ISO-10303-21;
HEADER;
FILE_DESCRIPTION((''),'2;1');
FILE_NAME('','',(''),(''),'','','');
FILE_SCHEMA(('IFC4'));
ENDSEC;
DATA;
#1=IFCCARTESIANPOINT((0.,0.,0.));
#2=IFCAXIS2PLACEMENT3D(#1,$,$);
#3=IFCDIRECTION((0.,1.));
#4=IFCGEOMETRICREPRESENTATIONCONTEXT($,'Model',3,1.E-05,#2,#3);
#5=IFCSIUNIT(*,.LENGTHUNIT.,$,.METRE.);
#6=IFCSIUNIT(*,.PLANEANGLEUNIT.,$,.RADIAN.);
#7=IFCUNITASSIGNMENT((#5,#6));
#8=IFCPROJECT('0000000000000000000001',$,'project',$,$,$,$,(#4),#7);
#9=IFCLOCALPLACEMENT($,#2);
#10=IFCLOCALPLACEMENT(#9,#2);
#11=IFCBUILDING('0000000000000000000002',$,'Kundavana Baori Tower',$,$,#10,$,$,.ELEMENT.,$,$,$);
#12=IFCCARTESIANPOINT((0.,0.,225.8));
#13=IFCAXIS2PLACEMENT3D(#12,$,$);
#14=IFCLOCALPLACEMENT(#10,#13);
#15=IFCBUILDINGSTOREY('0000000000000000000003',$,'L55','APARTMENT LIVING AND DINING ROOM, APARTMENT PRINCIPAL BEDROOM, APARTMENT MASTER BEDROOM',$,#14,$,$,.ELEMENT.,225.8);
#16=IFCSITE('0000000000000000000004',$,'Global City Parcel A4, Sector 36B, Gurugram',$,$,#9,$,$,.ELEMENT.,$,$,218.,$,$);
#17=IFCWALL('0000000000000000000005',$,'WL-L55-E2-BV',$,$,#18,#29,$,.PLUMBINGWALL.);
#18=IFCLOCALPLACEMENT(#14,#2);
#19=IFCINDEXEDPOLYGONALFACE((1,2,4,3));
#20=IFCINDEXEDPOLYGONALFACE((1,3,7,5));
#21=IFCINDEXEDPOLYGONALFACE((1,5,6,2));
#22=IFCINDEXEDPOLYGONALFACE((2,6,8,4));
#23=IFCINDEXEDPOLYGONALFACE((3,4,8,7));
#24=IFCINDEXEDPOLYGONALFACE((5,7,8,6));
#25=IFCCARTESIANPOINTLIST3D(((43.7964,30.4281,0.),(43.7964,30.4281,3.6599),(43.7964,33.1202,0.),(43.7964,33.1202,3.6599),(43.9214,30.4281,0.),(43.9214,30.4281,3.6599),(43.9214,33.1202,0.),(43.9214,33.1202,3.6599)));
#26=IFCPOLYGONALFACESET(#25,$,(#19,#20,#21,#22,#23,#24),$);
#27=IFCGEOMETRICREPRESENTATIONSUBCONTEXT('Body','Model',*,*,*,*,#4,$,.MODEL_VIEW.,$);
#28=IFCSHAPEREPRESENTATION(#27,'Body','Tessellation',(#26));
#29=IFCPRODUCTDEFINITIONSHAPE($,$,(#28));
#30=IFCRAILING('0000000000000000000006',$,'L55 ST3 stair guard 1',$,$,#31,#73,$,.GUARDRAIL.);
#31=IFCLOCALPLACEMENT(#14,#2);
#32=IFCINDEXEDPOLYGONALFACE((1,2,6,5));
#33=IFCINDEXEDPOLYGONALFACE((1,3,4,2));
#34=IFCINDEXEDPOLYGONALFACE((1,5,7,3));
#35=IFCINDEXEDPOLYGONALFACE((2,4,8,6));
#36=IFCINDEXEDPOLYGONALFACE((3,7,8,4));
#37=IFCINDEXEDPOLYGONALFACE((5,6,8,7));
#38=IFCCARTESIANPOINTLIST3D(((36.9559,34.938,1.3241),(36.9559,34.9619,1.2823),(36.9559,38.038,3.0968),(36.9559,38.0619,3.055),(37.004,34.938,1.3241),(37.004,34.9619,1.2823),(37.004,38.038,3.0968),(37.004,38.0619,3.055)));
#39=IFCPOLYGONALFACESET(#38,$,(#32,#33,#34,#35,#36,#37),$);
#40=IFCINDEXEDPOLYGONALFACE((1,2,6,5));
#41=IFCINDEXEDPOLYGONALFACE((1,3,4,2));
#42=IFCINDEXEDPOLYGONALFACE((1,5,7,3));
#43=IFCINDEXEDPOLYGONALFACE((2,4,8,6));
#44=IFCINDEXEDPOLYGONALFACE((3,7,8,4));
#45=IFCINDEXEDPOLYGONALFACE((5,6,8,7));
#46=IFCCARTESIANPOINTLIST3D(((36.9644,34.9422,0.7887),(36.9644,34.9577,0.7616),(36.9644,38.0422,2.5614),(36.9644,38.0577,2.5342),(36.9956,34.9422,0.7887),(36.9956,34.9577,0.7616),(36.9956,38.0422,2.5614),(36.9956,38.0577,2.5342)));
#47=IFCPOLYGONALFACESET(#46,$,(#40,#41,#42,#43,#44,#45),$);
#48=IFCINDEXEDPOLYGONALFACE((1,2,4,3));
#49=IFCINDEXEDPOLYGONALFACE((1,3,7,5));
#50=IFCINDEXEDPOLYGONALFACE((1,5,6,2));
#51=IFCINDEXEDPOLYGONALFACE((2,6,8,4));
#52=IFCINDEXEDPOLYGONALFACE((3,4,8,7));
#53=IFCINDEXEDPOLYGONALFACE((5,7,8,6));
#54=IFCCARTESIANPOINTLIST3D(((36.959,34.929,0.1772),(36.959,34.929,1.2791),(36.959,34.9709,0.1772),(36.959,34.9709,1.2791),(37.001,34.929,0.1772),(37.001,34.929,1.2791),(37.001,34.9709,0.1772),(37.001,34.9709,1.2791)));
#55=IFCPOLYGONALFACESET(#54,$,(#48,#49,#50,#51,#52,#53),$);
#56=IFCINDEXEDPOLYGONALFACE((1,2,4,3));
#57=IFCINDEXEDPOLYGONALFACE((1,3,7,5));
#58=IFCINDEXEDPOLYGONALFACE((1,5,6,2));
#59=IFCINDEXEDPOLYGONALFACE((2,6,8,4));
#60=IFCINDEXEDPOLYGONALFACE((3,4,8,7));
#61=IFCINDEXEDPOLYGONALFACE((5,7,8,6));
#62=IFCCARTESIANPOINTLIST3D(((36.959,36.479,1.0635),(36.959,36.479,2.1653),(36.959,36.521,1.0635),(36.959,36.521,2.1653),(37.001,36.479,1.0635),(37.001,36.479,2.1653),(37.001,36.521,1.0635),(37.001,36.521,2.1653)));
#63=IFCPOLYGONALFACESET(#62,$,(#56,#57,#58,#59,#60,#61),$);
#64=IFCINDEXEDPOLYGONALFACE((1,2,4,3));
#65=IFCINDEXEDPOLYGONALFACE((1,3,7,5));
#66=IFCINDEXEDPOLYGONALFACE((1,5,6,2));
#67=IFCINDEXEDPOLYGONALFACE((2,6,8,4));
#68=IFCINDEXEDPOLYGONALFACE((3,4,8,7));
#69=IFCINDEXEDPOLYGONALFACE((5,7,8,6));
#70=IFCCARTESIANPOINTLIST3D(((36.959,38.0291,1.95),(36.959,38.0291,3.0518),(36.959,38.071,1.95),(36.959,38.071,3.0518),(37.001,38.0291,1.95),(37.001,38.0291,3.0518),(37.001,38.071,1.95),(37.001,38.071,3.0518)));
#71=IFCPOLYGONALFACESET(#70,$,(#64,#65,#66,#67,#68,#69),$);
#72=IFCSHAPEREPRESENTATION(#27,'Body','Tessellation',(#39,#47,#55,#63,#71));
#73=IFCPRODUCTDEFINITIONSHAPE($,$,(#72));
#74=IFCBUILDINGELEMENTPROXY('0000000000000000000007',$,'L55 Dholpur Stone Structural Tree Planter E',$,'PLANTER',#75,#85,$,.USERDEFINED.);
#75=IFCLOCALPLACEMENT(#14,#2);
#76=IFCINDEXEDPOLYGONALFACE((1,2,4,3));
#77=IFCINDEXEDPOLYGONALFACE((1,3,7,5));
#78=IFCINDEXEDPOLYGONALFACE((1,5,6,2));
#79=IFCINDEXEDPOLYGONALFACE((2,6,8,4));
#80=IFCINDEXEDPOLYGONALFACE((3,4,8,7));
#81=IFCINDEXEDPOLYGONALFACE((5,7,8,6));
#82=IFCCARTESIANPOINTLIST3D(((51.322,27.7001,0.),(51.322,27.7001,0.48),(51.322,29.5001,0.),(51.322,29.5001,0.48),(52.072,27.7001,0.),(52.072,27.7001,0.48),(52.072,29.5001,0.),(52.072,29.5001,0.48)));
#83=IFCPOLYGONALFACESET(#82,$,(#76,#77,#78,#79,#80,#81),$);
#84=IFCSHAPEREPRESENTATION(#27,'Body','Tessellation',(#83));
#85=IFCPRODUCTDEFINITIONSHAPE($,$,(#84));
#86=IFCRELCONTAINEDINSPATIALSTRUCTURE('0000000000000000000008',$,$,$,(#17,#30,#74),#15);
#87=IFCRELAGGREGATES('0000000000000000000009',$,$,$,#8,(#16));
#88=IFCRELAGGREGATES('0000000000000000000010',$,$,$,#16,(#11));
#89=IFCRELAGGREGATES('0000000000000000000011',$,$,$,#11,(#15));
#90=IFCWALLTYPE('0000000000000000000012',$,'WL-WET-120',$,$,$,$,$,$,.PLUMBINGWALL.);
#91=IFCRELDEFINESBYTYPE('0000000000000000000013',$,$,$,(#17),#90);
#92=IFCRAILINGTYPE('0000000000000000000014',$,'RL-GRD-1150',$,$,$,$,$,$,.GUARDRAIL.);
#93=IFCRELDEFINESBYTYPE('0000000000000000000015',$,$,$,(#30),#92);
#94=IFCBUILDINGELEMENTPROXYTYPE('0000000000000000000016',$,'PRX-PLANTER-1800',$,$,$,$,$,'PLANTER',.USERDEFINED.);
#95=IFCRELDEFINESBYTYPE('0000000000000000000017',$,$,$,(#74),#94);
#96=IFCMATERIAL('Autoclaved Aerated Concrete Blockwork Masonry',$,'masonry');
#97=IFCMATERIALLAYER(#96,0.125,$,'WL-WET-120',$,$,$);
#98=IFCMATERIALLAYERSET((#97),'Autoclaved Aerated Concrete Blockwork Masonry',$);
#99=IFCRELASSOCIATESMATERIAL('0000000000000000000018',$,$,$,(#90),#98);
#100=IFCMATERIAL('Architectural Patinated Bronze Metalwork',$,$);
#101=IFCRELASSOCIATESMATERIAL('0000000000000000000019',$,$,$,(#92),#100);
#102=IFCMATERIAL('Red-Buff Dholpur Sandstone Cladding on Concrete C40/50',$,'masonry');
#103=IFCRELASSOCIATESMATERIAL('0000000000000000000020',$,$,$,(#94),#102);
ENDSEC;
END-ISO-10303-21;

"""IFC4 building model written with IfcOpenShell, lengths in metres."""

from ifc_helpers import new_model, si_unit, direction, frame, frame_2d, origin, origin_2d, place, context, subcontext, project, spatial, rectangle, extrude, material, layer, layer_set, type_object, element, save


model = new_model("IFC4")

# Units and contexts
model_context = context("Model", 3, precision=1e-05, world=origin(), true_north=direction((0.0, 1.0)))
body_context = subcontext(model_context, "Body", "Model", "MODEL_VIEW")
ifc_project = project(units=[si_unit("LENGTHUNIT", "METRE"), si_unit("PLANEANGLEUNIT", "RADIAN")], contexts=[model_context])

# Site, building, storey
site_placement = place(None, origin())
site = spatial("IfcSite", under=ifc_project, at=site_placement, Name="Global City Parcel A4, Sector 36B, Gurugram", CompositionType="ELEMENT", RefElevation=218.0)
building_placement = place(site_placement, origin())
building = spatial("IfcBuilding", under=site, at=building_placement, Name="Kundavana Baori Tower", CompositionType="ELEMENT")
storey_placement = place(building_placement, frame((0.0, 0.0, 225.8)))
storey = spatial("IfcBuildingStorey", under=building, at=storey_placement, Name="L55", Description="APARTMENT LIVING AND DINING ROOM, APARTMENT PRINCIPAL BEDROOM, APARTMENT MASTER BEDROOM", CompositionType="ELEMENT", Elevation=225.8)

# Shared definitions
ifc_material_1 = material(Name="Autoclaved Aerated Concrete Blockwork Masonry", Category="masonry")
ifc_layer_1 = layer(ifc_material_1, 0.125, Name="WL-WET-120")
ifc_layer_set_1 = layer_set([ifc_layer_1], Name="Autoclaved Aerated Concrete Blockwork Masonry")
wall_type_1 = type_object("IfcWallType", Name="WL-WET-120", PredefinedType="PLUMBINGWALL", material=ifc_layer_set_1)

# Wall
wall_1_placement = place(storey_placement, frame((43.8589, 30.428, 0.0), z_axis=(0.0, 0.0, 1.0), x_axis=(0.0, 1.0, 0.0)))
element("IfcWall", 1, at=wall_1_placement, inside=storey, type_object=wall_type_1, Name="WL-L55-E2-BV", PredefinedType="PLUMBINGWALL", context=body_context, shape_type="SweptSolid", body=[
    extrude(rectangle(XDim=2.6921, YDim=0.125, at=frame_2d((1.3462, 0.0))), origin(), (0.0, 0.0, 1.0), 3.6599),
])

# Railing
ifc_material_2 = material(Name="Architectural Patinated Bronze Metalwork")
railing_type = type_object("IfcRailingType", Name="RL-GRD-1150", PredefinedType="GUARDRAIL", material=ifc_material_2)
railing_placement = place(storey_placement, frame((36.98, 34.95, 0.1772)))
element("IfcRailing", 2, at=railing_placement, inside=storey, type_object=railing_type, Name="L55 ST3 stair guard 1", PredefinedType="GUARDRAIL", context=body_context, shape_type="SweptSolid", body=[
    extrude(rectangle(XDim=0.0481, YDim=0.0481, at=origin_2d()), frame((0.0, 0.0, 1.126), z_axis=(0.0, 0.868096, 0.496397), x_axis=(-1.0, 0.0, 0.0)), (0.0, 0.0, 1.0), 3.571),
    extrude(rectangle(XDim=0.0312, YDim=0.0312, at=origin_2d()), frame((0.0, 0.0, 0.5979), z_axis=(0.0, 0.868096, 0.496397), x_axis=(-1.0, 0.0, 0.0)), (0.0, 0.0, 1.0), 3.571),
    extrude(rectangle(XDim=0.042, YDim=0.042, at=origin_2d()), origin(), (0.0, 0.0, 1.0), 1.1018),
    extrude(rectangle(XDim=0.042, YDim=0.042, at=origin_2d()), frame((0.0, 1.55, 0.8862)), (0.0, 0.0, 1.0), 1.1018),
    extrude(rectangle(XDim=0.042, YDim=0.042, at=origin_2d()), frame((0.0, 3.1001, 1.7727)), (0.0, 0.0, 1.0), 1.1018),
])

# Building element proxy
ifc_material_3 = material(Name="Red-Buff Dholpur Sandstone Cladding on Concrete C40/50", Category="masonry")
building_element_proxy_type = type_object("IfcBuildingElementProxyType", Name="PRX-PLANTER-1800", ElementType="PLANTER", PredefinedType="USERDEFINED", material=ifc_material_3)
proxy_placement = place(storey_placement, frame((51.697, 28.6001, 0.0), z_axis=(0.0, 0.0, 1.0), x_axis=(0.0, 1.0, 0.0)))
element("IfcBuildingElementProxy", 3, at=proxy_placement, inside=storey, type_object=building_element_proxy_type, Name="L55 Dholpur Stone Structural Tree Planter E", ObjectType="PLANTER", PredefinedType="USERDEFINED", context=body_context, shape_type="SweptSolid", body=[
    extrude(rectangle(XDim=1.8, YDim=0.75, at=origin_2d()), origin(), (0.0, 0.0, 1.0), 0.48),
])

save(model, "model.ifc")
